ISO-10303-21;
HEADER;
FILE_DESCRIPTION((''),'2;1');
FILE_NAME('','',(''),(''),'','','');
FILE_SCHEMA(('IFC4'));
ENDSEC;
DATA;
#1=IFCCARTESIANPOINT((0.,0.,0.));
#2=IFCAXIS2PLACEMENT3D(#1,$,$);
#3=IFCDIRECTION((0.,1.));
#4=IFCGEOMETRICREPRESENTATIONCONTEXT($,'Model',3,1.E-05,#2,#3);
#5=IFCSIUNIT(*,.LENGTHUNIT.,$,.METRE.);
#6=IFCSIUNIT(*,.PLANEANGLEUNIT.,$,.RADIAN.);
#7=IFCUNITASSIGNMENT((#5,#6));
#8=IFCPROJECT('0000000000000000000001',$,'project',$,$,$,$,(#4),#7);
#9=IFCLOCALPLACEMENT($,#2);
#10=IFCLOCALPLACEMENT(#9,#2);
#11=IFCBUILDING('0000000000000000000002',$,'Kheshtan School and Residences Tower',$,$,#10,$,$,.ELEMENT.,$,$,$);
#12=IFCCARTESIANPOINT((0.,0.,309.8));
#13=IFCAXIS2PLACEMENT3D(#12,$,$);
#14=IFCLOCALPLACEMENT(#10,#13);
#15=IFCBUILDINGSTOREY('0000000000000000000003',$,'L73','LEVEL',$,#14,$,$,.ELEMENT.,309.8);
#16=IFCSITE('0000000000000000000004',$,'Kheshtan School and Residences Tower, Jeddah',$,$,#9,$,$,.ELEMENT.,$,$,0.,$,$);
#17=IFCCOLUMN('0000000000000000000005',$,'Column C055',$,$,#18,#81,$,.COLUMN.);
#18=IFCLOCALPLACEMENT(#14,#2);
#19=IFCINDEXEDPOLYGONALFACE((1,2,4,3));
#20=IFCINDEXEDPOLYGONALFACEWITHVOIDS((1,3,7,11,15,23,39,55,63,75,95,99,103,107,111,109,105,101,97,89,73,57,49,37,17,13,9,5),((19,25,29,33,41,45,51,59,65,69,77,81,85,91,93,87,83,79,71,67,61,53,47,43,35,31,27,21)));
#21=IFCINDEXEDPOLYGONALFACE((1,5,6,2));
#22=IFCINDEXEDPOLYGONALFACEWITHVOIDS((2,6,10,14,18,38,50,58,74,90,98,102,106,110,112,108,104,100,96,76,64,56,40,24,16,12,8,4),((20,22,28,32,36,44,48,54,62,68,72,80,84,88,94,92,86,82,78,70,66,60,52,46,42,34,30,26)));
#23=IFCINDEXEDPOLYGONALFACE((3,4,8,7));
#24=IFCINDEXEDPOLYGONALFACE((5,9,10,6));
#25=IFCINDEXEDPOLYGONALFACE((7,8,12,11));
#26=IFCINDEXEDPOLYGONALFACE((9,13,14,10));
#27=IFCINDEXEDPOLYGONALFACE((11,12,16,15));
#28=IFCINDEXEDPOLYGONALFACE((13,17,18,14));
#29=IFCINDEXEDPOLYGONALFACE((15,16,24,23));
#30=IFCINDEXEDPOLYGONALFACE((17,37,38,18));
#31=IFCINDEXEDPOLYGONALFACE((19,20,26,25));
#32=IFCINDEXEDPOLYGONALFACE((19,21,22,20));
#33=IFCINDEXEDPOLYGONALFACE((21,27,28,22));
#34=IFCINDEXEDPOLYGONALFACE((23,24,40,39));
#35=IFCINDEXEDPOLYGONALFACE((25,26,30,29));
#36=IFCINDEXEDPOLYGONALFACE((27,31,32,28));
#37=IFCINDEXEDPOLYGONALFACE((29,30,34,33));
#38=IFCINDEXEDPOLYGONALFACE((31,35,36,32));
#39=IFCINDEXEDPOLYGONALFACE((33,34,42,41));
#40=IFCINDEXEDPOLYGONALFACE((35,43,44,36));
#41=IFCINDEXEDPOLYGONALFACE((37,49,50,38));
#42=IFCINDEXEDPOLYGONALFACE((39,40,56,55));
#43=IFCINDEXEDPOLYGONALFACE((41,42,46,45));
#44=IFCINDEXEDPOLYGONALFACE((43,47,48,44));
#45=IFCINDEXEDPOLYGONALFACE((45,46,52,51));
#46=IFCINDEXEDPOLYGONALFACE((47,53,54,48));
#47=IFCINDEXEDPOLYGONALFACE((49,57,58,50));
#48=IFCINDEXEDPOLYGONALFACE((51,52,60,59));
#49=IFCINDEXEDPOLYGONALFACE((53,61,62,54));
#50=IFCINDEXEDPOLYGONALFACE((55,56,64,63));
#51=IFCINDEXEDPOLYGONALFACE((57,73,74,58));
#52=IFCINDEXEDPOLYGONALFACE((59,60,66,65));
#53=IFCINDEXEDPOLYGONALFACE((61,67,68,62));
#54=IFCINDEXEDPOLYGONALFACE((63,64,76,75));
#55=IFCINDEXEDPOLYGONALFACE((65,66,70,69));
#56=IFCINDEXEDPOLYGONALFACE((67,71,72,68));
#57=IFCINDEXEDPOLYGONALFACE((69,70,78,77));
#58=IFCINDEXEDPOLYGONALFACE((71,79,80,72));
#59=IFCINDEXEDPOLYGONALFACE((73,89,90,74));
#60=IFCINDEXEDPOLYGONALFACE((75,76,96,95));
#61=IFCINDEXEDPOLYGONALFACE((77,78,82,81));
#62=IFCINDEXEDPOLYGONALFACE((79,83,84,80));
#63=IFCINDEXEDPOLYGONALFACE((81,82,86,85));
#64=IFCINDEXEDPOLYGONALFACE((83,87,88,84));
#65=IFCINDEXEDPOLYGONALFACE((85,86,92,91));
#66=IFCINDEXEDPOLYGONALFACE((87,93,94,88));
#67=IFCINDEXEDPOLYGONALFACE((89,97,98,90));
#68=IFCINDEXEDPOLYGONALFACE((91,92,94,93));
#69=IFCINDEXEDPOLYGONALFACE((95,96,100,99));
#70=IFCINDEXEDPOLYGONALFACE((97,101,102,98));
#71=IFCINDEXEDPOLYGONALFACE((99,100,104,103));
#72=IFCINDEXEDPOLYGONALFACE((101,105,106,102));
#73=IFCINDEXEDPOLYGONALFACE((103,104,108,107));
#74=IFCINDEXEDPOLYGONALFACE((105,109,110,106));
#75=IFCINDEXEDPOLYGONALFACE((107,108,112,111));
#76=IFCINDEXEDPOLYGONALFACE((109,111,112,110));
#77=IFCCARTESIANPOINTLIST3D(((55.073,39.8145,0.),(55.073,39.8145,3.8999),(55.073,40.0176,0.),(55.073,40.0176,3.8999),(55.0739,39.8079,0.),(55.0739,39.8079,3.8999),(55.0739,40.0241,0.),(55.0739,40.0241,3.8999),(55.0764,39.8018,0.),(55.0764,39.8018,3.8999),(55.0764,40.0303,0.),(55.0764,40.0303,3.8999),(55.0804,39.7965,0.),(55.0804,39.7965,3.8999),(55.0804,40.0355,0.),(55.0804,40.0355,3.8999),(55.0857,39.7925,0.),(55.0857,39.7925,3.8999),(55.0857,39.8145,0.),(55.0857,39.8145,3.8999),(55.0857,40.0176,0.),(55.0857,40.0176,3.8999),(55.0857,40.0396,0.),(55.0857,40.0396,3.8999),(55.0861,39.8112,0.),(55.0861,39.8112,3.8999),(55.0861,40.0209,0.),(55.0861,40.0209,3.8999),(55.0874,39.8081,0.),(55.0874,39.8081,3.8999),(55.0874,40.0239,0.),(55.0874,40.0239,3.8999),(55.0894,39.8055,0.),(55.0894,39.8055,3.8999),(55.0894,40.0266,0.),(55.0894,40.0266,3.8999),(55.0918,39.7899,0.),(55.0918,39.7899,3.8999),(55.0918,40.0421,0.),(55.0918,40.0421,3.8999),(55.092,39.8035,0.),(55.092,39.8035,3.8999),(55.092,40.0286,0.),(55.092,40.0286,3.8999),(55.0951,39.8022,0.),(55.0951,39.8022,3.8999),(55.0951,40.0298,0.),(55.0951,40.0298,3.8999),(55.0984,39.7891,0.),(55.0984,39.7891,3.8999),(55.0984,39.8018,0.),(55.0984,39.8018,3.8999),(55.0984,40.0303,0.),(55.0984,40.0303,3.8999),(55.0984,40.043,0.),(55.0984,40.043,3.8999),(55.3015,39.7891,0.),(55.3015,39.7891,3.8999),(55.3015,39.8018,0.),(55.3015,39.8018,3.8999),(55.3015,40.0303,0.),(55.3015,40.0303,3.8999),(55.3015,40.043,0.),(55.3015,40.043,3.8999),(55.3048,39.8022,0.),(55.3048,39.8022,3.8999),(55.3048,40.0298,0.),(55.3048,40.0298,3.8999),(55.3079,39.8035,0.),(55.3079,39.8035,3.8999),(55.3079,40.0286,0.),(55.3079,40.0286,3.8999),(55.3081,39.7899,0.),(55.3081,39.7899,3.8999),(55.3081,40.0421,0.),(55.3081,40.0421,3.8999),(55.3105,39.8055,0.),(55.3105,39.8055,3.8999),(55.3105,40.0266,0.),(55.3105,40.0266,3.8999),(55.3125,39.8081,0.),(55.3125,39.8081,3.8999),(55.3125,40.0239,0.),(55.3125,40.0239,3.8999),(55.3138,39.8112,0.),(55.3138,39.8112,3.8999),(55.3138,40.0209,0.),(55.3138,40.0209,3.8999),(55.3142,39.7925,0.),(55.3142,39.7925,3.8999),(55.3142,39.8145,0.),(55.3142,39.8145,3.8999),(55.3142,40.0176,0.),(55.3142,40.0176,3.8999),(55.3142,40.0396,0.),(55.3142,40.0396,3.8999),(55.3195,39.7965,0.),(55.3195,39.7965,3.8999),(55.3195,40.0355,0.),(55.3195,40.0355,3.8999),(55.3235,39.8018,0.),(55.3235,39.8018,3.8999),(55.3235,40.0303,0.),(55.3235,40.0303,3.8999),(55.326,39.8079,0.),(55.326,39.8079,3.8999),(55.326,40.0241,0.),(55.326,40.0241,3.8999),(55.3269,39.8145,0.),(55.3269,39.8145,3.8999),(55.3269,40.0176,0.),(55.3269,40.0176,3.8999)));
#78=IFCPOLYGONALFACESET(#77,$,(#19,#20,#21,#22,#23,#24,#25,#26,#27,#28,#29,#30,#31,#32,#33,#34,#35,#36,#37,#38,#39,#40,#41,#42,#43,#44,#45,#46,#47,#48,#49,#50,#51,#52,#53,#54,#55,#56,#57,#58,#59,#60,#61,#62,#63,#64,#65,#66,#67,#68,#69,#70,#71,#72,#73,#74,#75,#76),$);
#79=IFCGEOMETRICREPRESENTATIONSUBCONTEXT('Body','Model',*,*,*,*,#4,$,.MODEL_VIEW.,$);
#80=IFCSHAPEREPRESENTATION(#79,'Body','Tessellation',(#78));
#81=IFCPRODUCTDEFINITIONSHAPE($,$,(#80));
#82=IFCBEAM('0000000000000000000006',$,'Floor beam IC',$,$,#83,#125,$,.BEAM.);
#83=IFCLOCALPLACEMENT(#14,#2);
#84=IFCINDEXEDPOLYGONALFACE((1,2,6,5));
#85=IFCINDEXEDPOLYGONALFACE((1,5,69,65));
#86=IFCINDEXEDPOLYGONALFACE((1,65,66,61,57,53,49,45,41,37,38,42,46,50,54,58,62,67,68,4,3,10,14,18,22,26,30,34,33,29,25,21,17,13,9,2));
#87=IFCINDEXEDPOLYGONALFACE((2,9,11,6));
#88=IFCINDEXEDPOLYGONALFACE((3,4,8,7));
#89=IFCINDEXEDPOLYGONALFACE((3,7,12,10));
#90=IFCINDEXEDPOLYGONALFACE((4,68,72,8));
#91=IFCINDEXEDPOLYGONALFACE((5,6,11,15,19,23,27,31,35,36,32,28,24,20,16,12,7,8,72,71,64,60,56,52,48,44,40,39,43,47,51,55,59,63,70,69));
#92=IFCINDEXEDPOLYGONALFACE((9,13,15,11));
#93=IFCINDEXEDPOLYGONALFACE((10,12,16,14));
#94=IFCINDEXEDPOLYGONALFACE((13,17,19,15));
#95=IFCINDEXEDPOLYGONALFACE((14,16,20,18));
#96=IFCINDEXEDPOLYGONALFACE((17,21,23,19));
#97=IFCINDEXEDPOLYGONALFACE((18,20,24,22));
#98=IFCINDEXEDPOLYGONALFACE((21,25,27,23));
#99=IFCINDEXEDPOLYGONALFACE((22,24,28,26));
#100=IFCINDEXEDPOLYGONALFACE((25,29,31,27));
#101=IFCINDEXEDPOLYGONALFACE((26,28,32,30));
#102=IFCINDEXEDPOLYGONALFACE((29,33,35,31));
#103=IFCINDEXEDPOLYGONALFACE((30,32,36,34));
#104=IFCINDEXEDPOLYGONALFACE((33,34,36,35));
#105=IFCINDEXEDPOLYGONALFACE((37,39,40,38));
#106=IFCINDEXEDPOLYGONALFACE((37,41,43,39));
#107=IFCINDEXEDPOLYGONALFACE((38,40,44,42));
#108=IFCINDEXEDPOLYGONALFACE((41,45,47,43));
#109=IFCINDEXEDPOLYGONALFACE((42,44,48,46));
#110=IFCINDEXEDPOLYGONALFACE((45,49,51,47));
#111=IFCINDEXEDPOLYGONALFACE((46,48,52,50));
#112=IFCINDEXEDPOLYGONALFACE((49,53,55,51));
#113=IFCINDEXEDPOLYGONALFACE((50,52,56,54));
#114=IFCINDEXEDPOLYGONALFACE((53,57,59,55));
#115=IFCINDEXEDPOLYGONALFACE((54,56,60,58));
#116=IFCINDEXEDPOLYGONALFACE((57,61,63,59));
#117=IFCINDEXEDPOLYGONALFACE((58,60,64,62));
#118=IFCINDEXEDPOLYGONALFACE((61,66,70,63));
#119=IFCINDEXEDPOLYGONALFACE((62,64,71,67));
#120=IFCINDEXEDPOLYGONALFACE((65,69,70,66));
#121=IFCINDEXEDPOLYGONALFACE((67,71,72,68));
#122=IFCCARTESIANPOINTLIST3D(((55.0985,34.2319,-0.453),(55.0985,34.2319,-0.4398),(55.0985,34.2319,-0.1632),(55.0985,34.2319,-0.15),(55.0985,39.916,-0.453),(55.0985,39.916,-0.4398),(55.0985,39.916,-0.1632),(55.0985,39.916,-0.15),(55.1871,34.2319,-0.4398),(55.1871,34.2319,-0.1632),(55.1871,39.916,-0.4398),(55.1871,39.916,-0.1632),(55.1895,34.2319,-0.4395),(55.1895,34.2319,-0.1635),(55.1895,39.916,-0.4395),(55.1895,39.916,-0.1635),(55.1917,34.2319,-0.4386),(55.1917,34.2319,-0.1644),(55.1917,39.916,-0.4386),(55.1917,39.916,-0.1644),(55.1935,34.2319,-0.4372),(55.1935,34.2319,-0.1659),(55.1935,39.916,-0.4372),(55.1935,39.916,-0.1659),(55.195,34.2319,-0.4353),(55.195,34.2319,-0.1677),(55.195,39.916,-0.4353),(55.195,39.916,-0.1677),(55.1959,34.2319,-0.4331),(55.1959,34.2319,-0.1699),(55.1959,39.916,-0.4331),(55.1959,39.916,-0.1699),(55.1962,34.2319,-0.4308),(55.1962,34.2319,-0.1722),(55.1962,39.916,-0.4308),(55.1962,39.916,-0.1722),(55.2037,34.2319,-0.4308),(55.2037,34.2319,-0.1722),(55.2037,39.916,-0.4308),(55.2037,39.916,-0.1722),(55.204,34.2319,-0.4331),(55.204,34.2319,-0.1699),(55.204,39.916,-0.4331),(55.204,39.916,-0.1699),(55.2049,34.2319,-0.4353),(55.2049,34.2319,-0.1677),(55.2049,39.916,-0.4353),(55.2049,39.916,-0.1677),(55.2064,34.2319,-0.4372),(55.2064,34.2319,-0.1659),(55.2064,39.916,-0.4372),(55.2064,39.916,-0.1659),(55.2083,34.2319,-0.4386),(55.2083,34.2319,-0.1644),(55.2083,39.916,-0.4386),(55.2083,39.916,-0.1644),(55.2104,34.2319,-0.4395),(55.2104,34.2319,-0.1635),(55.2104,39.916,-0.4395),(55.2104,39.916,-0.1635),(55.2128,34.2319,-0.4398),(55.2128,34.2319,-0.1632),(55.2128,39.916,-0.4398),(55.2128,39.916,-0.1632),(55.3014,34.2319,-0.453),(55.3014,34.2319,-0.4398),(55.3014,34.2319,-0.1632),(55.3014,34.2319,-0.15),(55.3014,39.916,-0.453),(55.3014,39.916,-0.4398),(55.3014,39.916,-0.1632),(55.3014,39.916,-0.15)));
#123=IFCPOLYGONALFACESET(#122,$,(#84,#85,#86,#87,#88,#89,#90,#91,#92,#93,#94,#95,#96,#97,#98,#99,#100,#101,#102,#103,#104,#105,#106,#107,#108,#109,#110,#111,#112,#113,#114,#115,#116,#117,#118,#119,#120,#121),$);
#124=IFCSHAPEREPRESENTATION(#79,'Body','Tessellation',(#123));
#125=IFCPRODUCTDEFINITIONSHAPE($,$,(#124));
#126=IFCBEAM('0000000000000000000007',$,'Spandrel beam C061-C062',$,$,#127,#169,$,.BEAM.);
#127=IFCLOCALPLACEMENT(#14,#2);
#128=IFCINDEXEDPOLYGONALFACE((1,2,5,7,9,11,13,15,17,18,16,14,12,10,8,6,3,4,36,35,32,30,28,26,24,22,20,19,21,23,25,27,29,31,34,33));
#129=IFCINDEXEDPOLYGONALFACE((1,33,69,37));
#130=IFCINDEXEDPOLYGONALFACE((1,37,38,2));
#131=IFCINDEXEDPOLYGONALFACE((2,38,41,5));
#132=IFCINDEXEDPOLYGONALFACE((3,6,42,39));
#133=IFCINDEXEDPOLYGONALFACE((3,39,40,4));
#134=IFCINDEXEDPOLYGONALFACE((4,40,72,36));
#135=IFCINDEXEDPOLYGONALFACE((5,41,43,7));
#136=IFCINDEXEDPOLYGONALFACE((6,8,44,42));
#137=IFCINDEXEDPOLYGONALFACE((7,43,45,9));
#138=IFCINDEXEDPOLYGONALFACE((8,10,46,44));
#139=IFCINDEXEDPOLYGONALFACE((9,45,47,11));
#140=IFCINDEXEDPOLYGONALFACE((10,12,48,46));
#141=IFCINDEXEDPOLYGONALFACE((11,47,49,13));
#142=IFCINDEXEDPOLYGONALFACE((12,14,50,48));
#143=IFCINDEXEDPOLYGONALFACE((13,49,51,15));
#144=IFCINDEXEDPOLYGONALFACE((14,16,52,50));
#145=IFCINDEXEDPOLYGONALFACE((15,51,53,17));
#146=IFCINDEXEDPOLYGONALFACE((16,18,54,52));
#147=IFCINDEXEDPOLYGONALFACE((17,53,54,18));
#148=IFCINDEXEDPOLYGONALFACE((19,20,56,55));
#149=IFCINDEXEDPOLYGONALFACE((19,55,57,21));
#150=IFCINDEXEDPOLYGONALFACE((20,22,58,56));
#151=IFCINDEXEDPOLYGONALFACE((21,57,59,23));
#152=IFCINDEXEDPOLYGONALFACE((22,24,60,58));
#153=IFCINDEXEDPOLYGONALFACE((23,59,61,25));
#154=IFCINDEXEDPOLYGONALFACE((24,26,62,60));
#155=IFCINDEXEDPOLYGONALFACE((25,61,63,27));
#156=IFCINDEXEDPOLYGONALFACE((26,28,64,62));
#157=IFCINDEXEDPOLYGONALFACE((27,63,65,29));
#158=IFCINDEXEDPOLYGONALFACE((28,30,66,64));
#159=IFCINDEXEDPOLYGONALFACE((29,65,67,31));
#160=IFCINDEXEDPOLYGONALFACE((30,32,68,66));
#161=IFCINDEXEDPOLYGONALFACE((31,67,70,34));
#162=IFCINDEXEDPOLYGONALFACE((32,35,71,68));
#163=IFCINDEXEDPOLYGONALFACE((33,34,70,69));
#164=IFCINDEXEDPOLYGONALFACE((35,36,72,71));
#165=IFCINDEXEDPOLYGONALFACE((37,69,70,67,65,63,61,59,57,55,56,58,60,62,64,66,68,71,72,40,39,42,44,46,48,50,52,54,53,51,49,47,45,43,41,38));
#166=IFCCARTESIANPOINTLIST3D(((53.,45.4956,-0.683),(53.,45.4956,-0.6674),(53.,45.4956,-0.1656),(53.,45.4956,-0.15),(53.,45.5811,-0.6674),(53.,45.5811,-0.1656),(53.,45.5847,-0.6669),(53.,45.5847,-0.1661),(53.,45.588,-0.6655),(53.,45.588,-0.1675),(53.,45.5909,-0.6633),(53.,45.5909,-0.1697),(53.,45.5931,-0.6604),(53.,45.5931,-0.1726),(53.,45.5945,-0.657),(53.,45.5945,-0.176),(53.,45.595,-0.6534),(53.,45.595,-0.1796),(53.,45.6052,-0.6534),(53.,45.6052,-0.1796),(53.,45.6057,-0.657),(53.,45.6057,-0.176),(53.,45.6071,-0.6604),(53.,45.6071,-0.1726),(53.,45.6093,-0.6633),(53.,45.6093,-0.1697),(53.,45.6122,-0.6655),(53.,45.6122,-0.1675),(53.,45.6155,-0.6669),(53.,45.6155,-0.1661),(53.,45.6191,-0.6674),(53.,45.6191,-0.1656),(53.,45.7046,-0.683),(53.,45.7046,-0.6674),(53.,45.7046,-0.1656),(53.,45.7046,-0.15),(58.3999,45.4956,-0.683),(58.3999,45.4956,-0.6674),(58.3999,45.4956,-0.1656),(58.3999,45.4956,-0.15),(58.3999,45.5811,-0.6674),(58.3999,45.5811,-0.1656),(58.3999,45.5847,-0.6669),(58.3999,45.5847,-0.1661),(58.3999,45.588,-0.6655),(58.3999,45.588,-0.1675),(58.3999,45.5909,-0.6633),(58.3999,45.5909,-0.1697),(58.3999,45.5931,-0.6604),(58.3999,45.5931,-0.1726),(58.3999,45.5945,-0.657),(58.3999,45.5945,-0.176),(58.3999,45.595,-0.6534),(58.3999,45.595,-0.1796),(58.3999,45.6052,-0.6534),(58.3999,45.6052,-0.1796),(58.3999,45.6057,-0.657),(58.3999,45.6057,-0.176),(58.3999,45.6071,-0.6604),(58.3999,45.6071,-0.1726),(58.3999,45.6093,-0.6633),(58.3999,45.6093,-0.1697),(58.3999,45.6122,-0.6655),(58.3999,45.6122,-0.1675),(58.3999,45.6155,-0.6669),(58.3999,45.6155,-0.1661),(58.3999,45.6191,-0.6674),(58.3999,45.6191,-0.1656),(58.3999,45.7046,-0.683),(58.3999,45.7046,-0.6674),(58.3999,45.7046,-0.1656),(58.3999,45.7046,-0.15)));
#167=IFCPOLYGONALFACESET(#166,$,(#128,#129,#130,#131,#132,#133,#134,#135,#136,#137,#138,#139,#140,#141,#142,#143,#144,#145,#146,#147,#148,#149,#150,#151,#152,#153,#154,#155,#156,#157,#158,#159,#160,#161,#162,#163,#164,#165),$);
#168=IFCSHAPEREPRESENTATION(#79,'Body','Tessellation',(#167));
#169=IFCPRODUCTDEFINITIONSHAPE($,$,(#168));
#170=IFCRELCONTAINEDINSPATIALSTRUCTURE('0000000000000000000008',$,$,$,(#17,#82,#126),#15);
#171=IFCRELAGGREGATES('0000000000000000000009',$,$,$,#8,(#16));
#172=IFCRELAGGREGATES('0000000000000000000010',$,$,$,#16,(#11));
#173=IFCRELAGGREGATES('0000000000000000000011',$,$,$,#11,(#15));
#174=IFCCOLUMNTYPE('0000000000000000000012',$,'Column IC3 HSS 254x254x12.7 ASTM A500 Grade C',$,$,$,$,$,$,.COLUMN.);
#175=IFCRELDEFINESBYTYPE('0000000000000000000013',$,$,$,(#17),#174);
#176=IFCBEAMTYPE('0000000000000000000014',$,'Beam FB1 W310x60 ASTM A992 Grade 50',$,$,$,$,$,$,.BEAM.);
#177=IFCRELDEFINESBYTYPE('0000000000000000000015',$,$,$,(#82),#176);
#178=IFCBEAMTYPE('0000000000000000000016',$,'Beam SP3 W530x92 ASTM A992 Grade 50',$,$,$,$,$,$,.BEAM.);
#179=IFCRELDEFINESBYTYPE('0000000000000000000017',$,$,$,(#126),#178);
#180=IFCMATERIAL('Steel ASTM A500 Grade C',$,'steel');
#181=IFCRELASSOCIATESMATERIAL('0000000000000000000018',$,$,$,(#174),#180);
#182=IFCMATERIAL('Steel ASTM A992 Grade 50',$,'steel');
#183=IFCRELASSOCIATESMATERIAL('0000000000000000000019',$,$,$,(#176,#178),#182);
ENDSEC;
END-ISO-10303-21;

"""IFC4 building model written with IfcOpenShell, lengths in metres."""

from ifc_helpers import new_model, si_unit, direction, frame, origin, origin_2d, place, context, subcontext, project, spatial, hollow_rectangle, i_section, extrude, material, material_profile, profile_set, type_object, element, save


model = new_model("IFC4")

# Units and contexts
model_context = context("Model", 3, precision=1e-05, world=origin(), true_north=direction((0.0, 1.0)))
body_context = subcontext(model_context, "Body", "Model", "MODEL_VIEW")
ifc_project = project(units=[si_unit("LENGTHUNIT", "METRE"), si_unit("PLANEANGLEUNIT", "RADIAN")], contexts=[model_context])

# Site, building, storey
site_placement = place(None, origin())
site = spatial("IfcSite", under=ifc_project, at=site_placement, Name="Kheshtan School and Residences Tower, Jeddah", CompositionType="ELEMENT", RefElevation=0.0)
building_placement = place(site_placement, origin())
building = spatial("IfcBuilding", under=site, at=building_placement, Name="Kheshtan School and Residences Tower", CompositionType="ELEMENT")
storey_placement = place(building_placement, frame((0.0, 0.0, 309.8)))
storey = spatial("IfcBuildingStorey", under=building, at=storey_placement, Name="L73", Description="LEVEL", CompositionType="ELEMENT", Elevation=309.8)

# Column
ifc_material_1 = material(Name="Steel ASTM A992 Grade 50", Category="steel")
ifc_material_2 = material(Name="Steel ASTM A500 Grade C", Category="steel")
ifc_material_profile_1 = material_profile(ifc_material_2, hollow_rectangle(XDim=0.2539, YDim=0.2539, WallThickness=0.0127, InnerFilletRadius=0.0127, OuterFilletRadius=0.0254, at=origin_2d()), Name="HSS 254x254x12.7")
ifc_profile_set_1 = profile_set([ifc_material_profile_1], Name="Steel ASTM A500 Grade C")
column_type_1 = type_object("IfcColumnType", Name="Column IC3 HSS 254x254x12.7 ASTM A500 Grade C", PredefinedType="COLUMN", material=ifc_profile_set_1)
for number, where, z_axis, x_axis, name in (
    (1, (55.2, 39.916, 0.0), (0.0, 0.0, 1.0), (1.0, 0.0, 0.0), "Column C055"),
):
    element("IfcColumn", number, at=place(storey_placement, frame(where, z_axis=z_axis, x_axis=x_axis)), inside=storey, type_object=column_type_1, Name=name, PredefinedType="COLUMN", context=body_context, shape_type="SweptSolid", body=[
        extrude(hollow_rectangle(XDim=0.2539, YDim=0.2539, WallThickness=0.0127, InnerFilletRadius=0.0127, OuterFilletRadius=0.0254, at=origin_2d()), origin(), (0.0, 0.0, 1.0), 3.8999),
    ])

# Beams
ifc_material_profile_2 = material_profile(ifc_material_1, i_section(OverallWidth=0.2029, OverallDepth=0.303, WebThickness=0.0076, FlangeThickness=0.0132, FilletRadius=0.009, at=origin_2d()), Name="W310x60")
ifc_profile_set_2 = profile_set([ifc_material_profile_2], Name="Steel ASTM A992 Grade 50")
beam_type_1 = type_object("IfcBeamType", Name="Beam FB1 W310x60 ASTM A992 Grade 50", PredefinedType="BEAM", material=ifc_profile_set_2)
beam_1_placement = place(storey_placement, frame((55.2, 34.2319, -0.3015), z_axis=(0.0, 1.0, 0.0), x_axis=(-1.0, 0.0, 0.0)))
element("IfcBeam", 2, at=beam_1_placement, inside=storey, type_object=beam_type_1, Name="Floor beam IC", PredefinedType="BEAM", context=body_context, shape_type="SweptSolid", body=[
    extrude(i_section(OverallWidth=0.2029, OverallDepth=0.303, WebThickness=0.0076, FlangeThickness=0.0132, FilletRadius=0.009, at=origin_2d()), origin(), (0.0, 0.0, 1.0), 5.6841),
])
ifc_material_profile_3 = material_profile(ifc_material_1, i_section(OverallWidth=0.209, OverallDepth=0.533, WebThickness=0.0103, FlangeThickness=0.0156, FilletRadius=0.0139, at=origin_2d()), Name="W530x92")
ifc_profile_set_3 = profile_set([ifc_material_profile_3], Name="Steel ASTM A992 Grade 50")
beam_type_2 = type_object("IfcBeamType", Name="Beam SP3 W530x92 ASTM A992 Grade 50", PredefinedType="BEAM", material=ifc_profile_set_3)
beam_2_placement = place(storey_placement, frame((53.0, 45.6001, -0.4165), z_axis=(1.0, 0.0, 0.0), x_axis=(0.0, 1.0, 0.0)))
element("IfcBeam", 3, at=beam_2_placement, inside=storey, type_object=beam_type_2, Name="Spandrel beam C061-C062", PredefinedType="BEAM", context=body_context, shape_type="SweptSolid", body=[
    extrude(i_section(OverallWidth=0.209, OverallDepth=0.533, WebThickness=0.0103, FlangeThickness=0.0156, FilletRadius=0.0139, at=origin_2d()), origin(), (0.0, 0.0, 1.0), 5.3999),
])

save(model, "model.ifc")
